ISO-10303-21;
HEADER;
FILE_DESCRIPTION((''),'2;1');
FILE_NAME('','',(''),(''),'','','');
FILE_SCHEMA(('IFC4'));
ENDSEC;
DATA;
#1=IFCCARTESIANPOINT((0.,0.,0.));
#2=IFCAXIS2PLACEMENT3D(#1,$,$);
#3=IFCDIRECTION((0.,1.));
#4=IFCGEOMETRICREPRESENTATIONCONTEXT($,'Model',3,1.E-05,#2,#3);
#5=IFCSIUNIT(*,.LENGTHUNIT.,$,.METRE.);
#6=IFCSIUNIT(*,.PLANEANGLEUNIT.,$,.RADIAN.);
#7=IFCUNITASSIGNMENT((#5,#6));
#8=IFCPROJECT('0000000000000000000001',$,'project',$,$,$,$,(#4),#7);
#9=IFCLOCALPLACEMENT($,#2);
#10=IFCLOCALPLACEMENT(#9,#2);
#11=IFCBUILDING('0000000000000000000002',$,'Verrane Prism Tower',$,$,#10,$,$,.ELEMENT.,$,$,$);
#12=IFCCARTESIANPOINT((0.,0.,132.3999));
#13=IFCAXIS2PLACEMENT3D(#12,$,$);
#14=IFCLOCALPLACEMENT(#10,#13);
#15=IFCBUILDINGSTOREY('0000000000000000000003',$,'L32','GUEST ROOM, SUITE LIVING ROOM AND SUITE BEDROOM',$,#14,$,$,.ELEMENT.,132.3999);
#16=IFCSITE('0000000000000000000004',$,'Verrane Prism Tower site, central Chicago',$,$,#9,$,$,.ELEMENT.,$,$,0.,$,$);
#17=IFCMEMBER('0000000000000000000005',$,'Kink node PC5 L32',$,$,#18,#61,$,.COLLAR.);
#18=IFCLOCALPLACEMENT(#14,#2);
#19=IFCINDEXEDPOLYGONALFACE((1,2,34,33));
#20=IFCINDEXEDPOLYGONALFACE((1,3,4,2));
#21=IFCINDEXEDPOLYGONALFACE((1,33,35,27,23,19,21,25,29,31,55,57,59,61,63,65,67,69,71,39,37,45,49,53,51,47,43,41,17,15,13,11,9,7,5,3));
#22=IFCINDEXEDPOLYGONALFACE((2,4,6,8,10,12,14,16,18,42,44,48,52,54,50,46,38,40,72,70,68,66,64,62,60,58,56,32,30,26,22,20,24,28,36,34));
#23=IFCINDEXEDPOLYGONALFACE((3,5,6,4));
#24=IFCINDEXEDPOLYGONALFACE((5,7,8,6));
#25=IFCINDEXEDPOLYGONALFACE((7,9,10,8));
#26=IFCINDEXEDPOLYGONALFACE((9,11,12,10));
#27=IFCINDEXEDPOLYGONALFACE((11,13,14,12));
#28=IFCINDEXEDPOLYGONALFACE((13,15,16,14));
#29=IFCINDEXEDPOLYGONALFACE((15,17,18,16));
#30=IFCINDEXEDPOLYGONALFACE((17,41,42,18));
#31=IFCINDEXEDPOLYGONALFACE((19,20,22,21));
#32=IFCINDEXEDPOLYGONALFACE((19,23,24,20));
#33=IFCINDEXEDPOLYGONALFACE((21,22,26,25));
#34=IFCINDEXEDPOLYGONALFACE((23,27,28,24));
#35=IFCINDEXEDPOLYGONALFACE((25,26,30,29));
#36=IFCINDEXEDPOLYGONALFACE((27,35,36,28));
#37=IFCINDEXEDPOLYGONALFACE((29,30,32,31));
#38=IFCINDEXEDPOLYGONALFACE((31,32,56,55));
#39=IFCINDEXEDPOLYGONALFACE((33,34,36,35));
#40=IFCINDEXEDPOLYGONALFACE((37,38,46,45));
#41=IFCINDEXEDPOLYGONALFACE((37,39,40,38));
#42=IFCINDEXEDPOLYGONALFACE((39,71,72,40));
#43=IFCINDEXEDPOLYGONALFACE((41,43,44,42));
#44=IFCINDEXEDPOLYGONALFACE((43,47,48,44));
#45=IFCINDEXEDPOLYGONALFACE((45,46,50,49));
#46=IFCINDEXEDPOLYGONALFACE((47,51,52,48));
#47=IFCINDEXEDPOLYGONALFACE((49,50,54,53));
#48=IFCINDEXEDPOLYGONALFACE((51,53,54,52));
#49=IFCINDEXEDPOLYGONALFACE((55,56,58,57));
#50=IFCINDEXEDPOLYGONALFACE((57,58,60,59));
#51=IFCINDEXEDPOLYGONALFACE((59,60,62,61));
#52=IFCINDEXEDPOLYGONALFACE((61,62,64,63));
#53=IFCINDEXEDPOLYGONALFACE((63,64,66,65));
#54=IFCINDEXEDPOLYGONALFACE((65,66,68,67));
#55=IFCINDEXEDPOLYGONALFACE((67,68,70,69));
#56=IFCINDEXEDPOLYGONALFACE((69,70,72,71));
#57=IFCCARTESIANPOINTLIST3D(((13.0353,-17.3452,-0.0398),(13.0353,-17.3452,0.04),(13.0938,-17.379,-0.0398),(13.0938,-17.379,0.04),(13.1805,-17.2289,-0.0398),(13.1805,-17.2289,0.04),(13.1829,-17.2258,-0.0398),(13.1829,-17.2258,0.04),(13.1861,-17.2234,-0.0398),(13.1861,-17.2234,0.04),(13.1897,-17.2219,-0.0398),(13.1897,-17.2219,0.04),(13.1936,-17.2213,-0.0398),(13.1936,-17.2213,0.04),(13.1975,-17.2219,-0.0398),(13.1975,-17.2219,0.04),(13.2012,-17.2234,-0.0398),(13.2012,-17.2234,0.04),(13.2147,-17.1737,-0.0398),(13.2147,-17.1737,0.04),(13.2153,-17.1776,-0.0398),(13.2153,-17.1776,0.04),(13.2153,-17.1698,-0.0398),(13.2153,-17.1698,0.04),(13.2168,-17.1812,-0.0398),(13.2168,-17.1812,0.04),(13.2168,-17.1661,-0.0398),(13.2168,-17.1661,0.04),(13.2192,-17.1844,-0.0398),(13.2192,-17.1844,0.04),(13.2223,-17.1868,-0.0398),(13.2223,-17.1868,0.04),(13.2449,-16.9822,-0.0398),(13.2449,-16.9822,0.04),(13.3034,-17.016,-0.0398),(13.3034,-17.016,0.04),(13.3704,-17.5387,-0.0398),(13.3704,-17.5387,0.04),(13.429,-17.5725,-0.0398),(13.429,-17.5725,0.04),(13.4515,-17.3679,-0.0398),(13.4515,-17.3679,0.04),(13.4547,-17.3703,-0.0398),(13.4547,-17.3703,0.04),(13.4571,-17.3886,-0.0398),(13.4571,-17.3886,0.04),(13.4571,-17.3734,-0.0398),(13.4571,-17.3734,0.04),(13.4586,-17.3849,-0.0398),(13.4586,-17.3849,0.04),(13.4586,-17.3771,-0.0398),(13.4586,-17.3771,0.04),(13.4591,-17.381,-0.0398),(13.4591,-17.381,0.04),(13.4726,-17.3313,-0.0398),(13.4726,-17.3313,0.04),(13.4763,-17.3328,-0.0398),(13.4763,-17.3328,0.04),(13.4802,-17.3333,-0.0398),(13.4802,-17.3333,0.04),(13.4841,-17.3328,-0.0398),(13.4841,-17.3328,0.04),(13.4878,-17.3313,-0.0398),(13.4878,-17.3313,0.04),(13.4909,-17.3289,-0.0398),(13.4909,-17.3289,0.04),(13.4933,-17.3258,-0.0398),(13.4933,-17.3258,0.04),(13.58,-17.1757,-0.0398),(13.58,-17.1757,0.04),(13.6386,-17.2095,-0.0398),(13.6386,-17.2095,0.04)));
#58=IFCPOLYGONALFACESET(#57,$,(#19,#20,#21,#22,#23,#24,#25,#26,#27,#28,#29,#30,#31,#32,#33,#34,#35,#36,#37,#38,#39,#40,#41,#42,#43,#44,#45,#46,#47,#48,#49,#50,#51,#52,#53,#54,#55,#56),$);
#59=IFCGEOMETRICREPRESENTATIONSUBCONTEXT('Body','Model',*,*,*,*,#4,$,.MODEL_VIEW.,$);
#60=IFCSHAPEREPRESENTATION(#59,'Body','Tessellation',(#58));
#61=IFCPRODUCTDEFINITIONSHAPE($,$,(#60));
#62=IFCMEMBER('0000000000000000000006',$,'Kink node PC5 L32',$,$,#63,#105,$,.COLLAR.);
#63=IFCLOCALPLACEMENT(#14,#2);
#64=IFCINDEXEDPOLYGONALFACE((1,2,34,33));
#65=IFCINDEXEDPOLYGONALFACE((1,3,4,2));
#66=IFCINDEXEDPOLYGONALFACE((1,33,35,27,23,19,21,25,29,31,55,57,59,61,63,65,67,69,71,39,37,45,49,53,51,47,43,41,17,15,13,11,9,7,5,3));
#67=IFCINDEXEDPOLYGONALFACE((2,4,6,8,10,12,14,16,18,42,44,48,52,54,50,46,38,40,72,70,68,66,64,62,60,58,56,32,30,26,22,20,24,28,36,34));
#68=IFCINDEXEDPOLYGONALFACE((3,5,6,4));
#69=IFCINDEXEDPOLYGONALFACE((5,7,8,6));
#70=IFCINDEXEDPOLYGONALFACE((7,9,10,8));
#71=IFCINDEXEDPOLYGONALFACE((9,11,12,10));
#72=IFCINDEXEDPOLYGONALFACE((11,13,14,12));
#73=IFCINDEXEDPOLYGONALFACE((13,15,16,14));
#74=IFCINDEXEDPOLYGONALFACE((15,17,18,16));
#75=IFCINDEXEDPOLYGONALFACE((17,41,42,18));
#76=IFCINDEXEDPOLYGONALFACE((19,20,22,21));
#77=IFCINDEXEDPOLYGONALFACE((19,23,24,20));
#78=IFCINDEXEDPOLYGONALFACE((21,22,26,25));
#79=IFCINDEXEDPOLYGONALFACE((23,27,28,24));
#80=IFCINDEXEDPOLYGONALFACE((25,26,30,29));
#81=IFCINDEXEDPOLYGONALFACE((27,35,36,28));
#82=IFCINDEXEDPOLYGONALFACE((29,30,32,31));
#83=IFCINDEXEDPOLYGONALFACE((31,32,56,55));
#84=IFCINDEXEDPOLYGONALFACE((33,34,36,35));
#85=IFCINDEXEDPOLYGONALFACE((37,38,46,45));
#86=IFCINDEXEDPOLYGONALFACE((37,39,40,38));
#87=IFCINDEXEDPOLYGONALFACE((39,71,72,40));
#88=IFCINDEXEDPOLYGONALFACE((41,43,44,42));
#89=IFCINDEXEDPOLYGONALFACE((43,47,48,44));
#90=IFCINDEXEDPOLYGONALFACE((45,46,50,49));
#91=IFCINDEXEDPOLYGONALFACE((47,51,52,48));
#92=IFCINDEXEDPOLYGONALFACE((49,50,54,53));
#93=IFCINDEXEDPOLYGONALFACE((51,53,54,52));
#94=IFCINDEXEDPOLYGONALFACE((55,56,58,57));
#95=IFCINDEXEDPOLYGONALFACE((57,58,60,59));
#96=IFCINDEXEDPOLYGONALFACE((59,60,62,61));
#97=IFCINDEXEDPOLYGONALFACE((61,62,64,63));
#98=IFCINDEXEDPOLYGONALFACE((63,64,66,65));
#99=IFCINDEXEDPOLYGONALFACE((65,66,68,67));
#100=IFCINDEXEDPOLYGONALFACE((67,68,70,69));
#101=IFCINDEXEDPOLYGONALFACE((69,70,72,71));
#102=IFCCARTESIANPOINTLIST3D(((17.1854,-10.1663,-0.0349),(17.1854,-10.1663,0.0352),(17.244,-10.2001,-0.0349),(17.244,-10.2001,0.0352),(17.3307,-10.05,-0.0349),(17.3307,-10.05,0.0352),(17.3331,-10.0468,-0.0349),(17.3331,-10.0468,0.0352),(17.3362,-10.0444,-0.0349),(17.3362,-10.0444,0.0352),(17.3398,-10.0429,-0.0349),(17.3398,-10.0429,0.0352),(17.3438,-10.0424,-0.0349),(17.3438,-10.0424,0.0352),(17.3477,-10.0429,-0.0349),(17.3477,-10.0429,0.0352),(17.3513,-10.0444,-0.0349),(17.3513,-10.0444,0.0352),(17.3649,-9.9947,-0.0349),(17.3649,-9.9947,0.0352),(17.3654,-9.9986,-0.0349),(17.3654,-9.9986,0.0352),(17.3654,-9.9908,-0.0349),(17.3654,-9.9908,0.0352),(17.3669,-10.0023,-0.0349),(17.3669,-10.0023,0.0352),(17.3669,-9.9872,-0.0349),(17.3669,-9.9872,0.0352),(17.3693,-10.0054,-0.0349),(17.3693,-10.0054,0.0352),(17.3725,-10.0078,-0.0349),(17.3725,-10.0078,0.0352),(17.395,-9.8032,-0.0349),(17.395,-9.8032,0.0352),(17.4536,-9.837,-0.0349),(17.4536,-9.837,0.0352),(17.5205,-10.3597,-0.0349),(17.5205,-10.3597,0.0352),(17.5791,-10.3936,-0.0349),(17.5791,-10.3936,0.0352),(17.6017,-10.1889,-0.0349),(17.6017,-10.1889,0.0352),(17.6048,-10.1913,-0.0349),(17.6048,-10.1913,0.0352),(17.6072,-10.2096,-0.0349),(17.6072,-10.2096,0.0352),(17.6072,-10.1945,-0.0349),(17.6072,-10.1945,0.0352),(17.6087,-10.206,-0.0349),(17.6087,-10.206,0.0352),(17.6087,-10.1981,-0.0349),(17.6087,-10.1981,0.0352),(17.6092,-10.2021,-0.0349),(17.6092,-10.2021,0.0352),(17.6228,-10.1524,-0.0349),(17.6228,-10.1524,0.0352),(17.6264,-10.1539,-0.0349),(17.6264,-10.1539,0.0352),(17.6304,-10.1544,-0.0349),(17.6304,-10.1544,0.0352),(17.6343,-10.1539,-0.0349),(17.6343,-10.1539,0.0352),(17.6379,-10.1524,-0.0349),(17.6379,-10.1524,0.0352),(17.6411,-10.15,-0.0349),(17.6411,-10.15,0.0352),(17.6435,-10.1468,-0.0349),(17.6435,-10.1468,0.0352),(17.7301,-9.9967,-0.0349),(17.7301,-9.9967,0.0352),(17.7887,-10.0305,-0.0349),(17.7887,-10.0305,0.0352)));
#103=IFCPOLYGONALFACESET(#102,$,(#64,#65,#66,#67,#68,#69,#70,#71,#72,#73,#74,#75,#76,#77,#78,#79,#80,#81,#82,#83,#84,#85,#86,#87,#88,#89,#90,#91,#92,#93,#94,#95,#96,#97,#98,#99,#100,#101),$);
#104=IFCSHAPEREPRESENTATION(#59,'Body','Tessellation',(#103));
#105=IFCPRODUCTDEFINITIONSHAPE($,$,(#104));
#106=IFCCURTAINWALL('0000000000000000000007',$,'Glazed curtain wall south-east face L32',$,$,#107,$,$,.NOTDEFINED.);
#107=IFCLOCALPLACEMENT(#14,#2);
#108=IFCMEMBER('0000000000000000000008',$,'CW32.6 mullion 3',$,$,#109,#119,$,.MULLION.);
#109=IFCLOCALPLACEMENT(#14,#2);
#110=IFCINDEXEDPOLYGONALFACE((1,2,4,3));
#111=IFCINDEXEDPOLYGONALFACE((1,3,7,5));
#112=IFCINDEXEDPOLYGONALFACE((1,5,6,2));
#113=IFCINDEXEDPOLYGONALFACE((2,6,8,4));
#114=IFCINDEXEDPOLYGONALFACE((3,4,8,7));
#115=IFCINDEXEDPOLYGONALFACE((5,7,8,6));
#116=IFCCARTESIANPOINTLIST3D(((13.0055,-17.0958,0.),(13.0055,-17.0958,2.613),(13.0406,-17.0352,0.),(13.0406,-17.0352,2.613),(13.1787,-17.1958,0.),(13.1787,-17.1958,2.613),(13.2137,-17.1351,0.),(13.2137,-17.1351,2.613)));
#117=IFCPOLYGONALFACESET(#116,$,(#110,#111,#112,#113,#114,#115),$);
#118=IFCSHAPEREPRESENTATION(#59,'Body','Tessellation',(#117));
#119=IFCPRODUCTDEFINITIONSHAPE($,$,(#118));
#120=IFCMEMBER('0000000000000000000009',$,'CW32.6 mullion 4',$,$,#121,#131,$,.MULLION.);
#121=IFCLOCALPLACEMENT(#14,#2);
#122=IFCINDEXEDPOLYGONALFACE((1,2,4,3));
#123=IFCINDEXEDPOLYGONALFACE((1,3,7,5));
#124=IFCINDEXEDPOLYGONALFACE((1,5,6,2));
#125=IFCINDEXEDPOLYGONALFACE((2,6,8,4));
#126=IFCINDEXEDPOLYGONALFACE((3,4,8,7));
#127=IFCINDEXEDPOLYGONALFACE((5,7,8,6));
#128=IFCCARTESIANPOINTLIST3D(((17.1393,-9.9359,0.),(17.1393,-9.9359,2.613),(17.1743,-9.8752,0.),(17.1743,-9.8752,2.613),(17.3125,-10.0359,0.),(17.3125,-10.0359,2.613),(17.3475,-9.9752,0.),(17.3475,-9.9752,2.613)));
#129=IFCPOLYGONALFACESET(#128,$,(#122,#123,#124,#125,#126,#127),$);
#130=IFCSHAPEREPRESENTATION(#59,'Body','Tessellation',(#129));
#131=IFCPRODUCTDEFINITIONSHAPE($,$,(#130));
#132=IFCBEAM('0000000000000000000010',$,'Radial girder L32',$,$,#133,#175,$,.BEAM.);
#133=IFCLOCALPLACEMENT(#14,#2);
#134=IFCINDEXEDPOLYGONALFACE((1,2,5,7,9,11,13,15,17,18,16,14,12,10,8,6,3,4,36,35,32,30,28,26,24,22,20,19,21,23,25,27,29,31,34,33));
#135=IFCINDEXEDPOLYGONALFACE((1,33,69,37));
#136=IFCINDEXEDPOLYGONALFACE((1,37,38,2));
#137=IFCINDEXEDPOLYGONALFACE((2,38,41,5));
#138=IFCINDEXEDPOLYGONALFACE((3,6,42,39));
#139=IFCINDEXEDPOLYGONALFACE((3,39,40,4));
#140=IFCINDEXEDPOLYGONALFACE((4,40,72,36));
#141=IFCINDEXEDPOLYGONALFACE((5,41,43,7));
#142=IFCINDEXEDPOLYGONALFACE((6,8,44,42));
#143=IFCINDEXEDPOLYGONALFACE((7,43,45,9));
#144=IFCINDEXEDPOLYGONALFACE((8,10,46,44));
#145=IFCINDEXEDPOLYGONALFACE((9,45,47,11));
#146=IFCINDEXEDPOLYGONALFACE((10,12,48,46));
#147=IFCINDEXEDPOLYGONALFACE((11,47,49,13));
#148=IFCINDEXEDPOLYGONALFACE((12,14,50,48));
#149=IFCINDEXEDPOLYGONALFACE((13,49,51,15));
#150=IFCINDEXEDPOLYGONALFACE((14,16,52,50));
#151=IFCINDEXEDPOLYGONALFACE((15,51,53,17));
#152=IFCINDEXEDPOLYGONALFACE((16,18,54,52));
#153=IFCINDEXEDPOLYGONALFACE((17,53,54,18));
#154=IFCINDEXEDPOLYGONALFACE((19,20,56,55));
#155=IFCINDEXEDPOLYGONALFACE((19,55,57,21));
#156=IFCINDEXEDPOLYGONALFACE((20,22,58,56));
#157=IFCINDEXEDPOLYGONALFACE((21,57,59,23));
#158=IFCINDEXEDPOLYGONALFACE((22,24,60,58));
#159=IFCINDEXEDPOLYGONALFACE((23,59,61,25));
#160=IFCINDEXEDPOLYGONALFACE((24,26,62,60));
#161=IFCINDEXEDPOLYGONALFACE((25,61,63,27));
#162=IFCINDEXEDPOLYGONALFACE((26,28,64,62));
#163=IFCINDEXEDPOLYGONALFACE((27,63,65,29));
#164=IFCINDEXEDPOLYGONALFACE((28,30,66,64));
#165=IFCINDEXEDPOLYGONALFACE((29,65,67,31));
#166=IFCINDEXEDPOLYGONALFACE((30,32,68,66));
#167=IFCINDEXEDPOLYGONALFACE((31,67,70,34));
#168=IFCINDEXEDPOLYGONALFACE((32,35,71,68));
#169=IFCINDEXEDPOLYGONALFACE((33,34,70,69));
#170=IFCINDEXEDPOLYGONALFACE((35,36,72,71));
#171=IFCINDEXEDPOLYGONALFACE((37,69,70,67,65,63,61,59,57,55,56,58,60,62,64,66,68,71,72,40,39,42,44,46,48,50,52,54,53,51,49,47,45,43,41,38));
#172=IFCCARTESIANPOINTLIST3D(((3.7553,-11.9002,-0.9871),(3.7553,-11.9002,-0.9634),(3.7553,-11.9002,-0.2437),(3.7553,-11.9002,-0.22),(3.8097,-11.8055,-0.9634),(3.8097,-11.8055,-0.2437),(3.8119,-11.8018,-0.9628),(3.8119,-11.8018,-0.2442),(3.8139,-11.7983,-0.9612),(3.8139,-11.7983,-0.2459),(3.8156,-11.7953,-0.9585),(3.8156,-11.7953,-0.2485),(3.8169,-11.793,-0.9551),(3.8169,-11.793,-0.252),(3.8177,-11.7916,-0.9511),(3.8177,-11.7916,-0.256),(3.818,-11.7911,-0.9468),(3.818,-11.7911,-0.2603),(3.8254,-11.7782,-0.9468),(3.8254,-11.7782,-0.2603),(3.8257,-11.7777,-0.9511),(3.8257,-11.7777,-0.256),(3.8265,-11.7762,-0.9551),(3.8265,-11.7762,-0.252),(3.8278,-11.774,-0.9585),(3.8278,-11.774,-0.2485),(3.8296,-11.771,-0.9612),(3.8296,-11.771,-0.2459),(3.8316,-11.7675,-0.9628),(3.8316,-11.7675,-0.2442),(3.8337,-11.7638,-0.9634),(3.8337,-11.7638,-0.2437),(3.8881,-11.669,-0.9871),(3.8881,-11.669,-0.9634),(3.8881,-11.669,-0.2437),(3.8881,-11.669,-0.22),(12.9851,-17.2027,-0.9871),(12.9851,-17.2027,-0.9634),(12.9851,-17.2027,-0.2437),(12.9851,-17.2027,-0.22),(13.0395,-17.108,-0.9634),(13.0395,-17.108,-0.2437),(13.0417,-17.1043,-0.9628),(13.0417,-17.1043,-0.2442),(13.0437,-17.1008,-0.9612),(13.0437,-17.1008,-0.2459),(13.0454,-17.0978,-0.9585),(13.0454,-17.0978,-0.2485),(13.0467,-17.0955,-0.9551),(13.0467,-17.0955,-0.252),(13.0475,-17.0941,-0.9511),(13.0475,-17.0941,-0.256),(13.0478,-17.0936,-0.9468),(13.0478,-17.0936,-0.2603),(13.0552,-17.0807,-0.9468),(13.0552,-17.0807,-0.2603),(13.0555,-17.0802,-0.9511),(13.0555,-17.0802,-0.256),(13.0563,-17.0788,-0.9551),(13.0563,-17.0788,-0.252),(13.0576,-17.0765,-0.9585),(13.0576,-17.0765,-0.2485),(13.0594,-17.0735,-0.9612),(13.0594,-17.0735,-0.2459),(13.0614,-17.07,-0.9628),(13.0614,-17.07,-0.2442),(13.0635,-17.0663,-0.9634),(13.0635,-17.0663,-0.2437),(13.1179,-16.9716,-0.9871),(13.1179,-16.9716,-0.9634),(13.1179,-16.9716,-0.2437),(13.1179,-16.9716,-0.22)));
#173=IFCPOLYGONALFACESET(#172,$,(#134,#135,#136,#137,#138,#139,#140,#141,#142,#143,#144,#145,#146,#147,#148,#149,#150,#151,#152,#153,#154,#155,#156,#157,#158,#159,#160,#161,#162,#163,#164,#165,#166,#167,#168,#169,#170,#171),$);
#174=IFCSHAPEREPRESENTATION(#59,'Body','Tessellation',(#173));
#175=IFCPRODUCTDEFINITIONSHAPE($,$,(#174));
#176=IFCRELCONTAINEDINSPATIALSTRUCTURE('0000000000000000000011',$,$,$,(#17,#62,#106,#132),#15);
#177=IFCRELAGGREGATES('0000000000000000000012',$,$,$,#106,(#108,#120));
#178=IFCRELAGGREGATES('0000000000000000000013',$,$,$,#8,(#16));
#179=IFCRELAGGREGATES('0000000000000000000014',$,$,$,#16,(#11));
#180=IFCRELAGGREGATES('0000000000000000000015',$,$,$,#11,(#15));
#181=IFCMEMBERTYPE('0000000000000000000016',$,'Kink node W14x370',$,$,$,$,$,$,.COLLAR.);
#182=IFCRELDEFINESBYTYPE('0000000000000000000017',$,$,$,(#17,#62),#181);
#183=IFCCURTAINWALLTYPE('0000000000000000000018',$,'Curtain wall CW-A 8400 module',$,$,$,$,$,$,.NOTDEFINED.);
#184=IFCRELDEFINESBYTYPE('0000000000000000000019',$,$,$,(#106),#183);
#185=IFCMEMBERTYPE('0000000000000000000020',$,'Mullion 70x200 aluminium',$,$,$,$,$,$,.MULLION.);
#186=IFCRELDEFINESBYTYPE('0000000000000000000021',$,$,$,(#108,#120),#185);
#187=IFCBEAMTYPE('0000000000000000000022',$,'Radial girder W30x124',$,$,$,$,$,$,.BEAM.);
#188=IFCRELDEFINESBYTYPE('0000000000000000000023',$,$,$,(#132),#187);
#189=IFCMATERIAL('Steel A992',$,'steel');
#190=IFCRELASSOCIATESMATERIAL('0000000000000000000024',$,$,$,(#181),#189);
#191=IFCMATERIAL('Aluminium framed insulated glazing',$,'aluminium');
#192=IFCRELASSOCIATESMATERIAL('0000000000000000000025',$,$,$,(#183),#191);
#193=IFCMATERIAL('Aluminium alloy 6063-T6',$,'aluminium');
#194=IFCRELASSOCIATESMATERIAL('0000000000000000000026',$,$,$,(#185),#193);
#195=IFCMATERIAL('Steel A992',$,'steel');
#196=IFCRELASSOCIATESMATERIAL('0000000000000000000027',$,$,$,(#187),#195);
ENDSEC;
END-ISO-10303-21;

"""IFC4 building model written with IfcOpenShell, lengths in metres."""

from ifc_helpers import new_model, si_unit, direction, frame, origin, origin_2d, place, context, subcontext, project, spatial, rectangle, i_section, extrude, material, material_profile, profile_set, type_object, element, aggregate, save


model = new_model("IFC4")

# Units and contexts
model_context = context("Model", 3, precision=1e-05, world=origin(), true_north=direction((0.0, 1.0)))
body_context = subcontext(model_context, "Body", "Model", "MODEL_VIEW")
ifc_project = project(units=[si_unit("LENGTHUNIT", "METRE"), si_unit("PLANEANGLEUNIT", "RADIAN")], contexts=[model_context])

# Site, building, storey
site_placement = place(None, origin())
site = spatial("IfcSite", under=ifc_project, at=site_placement, Name="Verrane Prism Tower site, central Chicago", CompositionType="ELEMENT", RefElevation=0.0)
building_placement = place(site_placement, origin())
building = spatial("IfcBuilding", under=site, at=building_placement, Name="Verrane Prism Tower", CompositionType="ELEMENT")
storey_placement = place(building_placement, frame((0.0, 0.0, 132.3999)))
storey = spatial("IfcBuildingStorey", under=building, at=storey_placement, Name="L32", Description="GUEST ROOM, SUITE LIVING ROOM AND SUITE BEDROOM", CompositionType="ELEMENT", Elevation=132.3999)

# Members
ifc_material_1 = material(Name="Steel A992", Category="steel")
ifc_material_profile_1 = material_profile(ifc_material_1, i_section(OverallWidth=0.4192, OverallDepth=0.4546, WebThickness=0.0422, FlangeThickness=0.0676, FilletRadius=0.0151, at=origin_2d()), Name="W14x370")
ifc_profile_set_1 = profile_set([ifc_material_profile_1], Name="Steel A992")
member_type_1 = type_object("IfcMemberType", Name="Kink node W14x370", PredefinedType="COLLAR", material=ifc_profile_set_1)
member_1_placement = place(storey_placement, frame((13.3369, -17.2773, -0.0398), z_axis=(0.0, 0.0, 1.0), x_axis=(-0.5, -0.866025, 0.0)))
element("IfcMember", 1, at=member_1_placement, inside=storey, type_object=member_type_1, Name="Kink node PC5 L32", PredefinedType="COLLAR", context=body_context, shape_type="SweptSolid", body=[
    extrude(i_section(OverallWidth=0.4192, OverallDepth=0.4546, WebThickness=0.0422, FlangeThickness=0.0676, FilletRadius=0.0151, at=origin_2d()), origin(), (0.0, 0.0, 1.0), 0.0798),
])
member_2_placement = place(storey_placement, frame((17.4871, -10.0984, -0.0349), z_axis=(0.0, 0.0, 1.0), x_axis=(-0.5, -0.866025, 0.0)))
element("IfcMember", 2, at=member_2_placement, inside=storey, type_object=member_type_1, Name="Kink node PC5 L32", PredefinedType="COLLAR", context=body_context, shape_type="SweptSolid", body=[
    extrude(i_section(OverallWidth=0.4192, OverallDepth=0.4546, WebThickness=0.0422, FlangeThickness=0.0676, FilletRadius=0.0151, at=origin_2d()), origin(), (0.0, 0.0, 1.0), 0.0701),
])

# Curtain wall, members
ifc_material_2 = material(Name="Aluminium framed insulated glazing", Category="aluminium")
curtain_wall_type = type_object("IfcCurtainWallType", Name="Curtain wall CW-A 8400 module", PredefinedType="NOTDEFINED", material=ifc_material_2)
curtain_wall_placement = place(storey_placement, origin())
curtain_wall = element("IfcCurtainWall", 3, at=curtain_wall_placement, inside=storey, type_object=curtain_wall_type, Name="Glazed curtain wall south-east face L32", PredefinedType="NOTDEFINED")
ifc_material_3 = material(Name="Aluminium alloy 6063-T6", Category="aluminium")
ifc_material_profile_2 = material_profile(ifc_material_3, rectangle(XDim=0.2, YDim=0.0701, at=origin_2d()), Name="Mullion 70x200 aluminium")
ifc_profile_set_2 = profile_set([ifc_material_profile_2], Name="Aluminium alloy 6063-T6")
member_type_2 = type_object("IfcMemberType", Name="Mullion 70x200 aluminium", PredefinedType="MULLION", material=ifc_profile_set_2)
member_3_placement = place(storey_placement, frame((13.1096, -17.1155, 0.0), z_axis=(0.0, 0.0, 1.0), x_axis=(-0.866025, 0.5, 0.0)))
member_3 = element("IfcMember", 4, at=member_3_placement, type_object=member_type_2, Name="CW32.6 mullion 3", PredefinedType="MULLION", context=body_context, shape_type="SweptSolid", body=[
    extrude(rectangle(XDim=0.2, YDim=0.0701, at=origin_2d()), origin(), (0.0, 0.0, 1.0), 2.613),
])
member_4_placement = place(storey_placement, frame((17.2434, -9.9556, 0.0), z_axis=(0.0, 0.0, 1.0), x_axis=(-0.866025, 0.5, 0.0)))
member_4 = element("IfcMember", 5, at=member_4_placement, type_object=member_type_2, Name="CW32.6 mullion 4", PredefinedType="MULLION", context=body_context, shape_type="SweptSolid", body=[
    extrude(rectangle(XDim=0.2, YDim=0.0701, at=origin_2d()), origin(), (0.0, 0.0, 1.0), 2.613),
])

# Beam
ifc_material_4 = material(Name="Steel A992", Category="steel")
ifc_material_profile_3 = material_profile(ifc_material_4, i_section(OverallWidth=0.2666, OverallDepth=0.7671, WebThickness=0.0149, FlangeThickness=0.0237, FilletRadius=0.0166, at=origin_2d()), Name="W30x124")
ifc_profile_set_3 = profile_set([ifc_material_profile_3], Name="Steel A992")
beam_type_1 = type_object("IfcBeamType", Name="Radial girder W30x124", PredefinedType="BEAM", material=ifc_profile_set_3)
beam_1_placement = place(storey_placement, frame((13.0515, -17.0872, -0.6035), z_axis=(-0.867093, 0.498146, 0.0), x_axis=(-0.498146, -0.867093, 0.0)))
element("IfcBeam", 6, at=beam_1_placement, inside=storey, type_object=beam_type_1, Name="Radial girder L32", PredefinedType="BEAM", context=body_context, shape_type="SweptSolid", body=[
    extrude(i_section(OverallWidth=0.2666, OverallDepth=0.7671, WebThickness=0.0149, FlangeThickness=0.0237, FilletRadius=0.0166, at=origin_2d()), origin(), (0.0, 0.0, 1.0), 10.6445),
])

aggregate(curtain_wall, [member_3, member_4])

save(model, "model.ifc")
